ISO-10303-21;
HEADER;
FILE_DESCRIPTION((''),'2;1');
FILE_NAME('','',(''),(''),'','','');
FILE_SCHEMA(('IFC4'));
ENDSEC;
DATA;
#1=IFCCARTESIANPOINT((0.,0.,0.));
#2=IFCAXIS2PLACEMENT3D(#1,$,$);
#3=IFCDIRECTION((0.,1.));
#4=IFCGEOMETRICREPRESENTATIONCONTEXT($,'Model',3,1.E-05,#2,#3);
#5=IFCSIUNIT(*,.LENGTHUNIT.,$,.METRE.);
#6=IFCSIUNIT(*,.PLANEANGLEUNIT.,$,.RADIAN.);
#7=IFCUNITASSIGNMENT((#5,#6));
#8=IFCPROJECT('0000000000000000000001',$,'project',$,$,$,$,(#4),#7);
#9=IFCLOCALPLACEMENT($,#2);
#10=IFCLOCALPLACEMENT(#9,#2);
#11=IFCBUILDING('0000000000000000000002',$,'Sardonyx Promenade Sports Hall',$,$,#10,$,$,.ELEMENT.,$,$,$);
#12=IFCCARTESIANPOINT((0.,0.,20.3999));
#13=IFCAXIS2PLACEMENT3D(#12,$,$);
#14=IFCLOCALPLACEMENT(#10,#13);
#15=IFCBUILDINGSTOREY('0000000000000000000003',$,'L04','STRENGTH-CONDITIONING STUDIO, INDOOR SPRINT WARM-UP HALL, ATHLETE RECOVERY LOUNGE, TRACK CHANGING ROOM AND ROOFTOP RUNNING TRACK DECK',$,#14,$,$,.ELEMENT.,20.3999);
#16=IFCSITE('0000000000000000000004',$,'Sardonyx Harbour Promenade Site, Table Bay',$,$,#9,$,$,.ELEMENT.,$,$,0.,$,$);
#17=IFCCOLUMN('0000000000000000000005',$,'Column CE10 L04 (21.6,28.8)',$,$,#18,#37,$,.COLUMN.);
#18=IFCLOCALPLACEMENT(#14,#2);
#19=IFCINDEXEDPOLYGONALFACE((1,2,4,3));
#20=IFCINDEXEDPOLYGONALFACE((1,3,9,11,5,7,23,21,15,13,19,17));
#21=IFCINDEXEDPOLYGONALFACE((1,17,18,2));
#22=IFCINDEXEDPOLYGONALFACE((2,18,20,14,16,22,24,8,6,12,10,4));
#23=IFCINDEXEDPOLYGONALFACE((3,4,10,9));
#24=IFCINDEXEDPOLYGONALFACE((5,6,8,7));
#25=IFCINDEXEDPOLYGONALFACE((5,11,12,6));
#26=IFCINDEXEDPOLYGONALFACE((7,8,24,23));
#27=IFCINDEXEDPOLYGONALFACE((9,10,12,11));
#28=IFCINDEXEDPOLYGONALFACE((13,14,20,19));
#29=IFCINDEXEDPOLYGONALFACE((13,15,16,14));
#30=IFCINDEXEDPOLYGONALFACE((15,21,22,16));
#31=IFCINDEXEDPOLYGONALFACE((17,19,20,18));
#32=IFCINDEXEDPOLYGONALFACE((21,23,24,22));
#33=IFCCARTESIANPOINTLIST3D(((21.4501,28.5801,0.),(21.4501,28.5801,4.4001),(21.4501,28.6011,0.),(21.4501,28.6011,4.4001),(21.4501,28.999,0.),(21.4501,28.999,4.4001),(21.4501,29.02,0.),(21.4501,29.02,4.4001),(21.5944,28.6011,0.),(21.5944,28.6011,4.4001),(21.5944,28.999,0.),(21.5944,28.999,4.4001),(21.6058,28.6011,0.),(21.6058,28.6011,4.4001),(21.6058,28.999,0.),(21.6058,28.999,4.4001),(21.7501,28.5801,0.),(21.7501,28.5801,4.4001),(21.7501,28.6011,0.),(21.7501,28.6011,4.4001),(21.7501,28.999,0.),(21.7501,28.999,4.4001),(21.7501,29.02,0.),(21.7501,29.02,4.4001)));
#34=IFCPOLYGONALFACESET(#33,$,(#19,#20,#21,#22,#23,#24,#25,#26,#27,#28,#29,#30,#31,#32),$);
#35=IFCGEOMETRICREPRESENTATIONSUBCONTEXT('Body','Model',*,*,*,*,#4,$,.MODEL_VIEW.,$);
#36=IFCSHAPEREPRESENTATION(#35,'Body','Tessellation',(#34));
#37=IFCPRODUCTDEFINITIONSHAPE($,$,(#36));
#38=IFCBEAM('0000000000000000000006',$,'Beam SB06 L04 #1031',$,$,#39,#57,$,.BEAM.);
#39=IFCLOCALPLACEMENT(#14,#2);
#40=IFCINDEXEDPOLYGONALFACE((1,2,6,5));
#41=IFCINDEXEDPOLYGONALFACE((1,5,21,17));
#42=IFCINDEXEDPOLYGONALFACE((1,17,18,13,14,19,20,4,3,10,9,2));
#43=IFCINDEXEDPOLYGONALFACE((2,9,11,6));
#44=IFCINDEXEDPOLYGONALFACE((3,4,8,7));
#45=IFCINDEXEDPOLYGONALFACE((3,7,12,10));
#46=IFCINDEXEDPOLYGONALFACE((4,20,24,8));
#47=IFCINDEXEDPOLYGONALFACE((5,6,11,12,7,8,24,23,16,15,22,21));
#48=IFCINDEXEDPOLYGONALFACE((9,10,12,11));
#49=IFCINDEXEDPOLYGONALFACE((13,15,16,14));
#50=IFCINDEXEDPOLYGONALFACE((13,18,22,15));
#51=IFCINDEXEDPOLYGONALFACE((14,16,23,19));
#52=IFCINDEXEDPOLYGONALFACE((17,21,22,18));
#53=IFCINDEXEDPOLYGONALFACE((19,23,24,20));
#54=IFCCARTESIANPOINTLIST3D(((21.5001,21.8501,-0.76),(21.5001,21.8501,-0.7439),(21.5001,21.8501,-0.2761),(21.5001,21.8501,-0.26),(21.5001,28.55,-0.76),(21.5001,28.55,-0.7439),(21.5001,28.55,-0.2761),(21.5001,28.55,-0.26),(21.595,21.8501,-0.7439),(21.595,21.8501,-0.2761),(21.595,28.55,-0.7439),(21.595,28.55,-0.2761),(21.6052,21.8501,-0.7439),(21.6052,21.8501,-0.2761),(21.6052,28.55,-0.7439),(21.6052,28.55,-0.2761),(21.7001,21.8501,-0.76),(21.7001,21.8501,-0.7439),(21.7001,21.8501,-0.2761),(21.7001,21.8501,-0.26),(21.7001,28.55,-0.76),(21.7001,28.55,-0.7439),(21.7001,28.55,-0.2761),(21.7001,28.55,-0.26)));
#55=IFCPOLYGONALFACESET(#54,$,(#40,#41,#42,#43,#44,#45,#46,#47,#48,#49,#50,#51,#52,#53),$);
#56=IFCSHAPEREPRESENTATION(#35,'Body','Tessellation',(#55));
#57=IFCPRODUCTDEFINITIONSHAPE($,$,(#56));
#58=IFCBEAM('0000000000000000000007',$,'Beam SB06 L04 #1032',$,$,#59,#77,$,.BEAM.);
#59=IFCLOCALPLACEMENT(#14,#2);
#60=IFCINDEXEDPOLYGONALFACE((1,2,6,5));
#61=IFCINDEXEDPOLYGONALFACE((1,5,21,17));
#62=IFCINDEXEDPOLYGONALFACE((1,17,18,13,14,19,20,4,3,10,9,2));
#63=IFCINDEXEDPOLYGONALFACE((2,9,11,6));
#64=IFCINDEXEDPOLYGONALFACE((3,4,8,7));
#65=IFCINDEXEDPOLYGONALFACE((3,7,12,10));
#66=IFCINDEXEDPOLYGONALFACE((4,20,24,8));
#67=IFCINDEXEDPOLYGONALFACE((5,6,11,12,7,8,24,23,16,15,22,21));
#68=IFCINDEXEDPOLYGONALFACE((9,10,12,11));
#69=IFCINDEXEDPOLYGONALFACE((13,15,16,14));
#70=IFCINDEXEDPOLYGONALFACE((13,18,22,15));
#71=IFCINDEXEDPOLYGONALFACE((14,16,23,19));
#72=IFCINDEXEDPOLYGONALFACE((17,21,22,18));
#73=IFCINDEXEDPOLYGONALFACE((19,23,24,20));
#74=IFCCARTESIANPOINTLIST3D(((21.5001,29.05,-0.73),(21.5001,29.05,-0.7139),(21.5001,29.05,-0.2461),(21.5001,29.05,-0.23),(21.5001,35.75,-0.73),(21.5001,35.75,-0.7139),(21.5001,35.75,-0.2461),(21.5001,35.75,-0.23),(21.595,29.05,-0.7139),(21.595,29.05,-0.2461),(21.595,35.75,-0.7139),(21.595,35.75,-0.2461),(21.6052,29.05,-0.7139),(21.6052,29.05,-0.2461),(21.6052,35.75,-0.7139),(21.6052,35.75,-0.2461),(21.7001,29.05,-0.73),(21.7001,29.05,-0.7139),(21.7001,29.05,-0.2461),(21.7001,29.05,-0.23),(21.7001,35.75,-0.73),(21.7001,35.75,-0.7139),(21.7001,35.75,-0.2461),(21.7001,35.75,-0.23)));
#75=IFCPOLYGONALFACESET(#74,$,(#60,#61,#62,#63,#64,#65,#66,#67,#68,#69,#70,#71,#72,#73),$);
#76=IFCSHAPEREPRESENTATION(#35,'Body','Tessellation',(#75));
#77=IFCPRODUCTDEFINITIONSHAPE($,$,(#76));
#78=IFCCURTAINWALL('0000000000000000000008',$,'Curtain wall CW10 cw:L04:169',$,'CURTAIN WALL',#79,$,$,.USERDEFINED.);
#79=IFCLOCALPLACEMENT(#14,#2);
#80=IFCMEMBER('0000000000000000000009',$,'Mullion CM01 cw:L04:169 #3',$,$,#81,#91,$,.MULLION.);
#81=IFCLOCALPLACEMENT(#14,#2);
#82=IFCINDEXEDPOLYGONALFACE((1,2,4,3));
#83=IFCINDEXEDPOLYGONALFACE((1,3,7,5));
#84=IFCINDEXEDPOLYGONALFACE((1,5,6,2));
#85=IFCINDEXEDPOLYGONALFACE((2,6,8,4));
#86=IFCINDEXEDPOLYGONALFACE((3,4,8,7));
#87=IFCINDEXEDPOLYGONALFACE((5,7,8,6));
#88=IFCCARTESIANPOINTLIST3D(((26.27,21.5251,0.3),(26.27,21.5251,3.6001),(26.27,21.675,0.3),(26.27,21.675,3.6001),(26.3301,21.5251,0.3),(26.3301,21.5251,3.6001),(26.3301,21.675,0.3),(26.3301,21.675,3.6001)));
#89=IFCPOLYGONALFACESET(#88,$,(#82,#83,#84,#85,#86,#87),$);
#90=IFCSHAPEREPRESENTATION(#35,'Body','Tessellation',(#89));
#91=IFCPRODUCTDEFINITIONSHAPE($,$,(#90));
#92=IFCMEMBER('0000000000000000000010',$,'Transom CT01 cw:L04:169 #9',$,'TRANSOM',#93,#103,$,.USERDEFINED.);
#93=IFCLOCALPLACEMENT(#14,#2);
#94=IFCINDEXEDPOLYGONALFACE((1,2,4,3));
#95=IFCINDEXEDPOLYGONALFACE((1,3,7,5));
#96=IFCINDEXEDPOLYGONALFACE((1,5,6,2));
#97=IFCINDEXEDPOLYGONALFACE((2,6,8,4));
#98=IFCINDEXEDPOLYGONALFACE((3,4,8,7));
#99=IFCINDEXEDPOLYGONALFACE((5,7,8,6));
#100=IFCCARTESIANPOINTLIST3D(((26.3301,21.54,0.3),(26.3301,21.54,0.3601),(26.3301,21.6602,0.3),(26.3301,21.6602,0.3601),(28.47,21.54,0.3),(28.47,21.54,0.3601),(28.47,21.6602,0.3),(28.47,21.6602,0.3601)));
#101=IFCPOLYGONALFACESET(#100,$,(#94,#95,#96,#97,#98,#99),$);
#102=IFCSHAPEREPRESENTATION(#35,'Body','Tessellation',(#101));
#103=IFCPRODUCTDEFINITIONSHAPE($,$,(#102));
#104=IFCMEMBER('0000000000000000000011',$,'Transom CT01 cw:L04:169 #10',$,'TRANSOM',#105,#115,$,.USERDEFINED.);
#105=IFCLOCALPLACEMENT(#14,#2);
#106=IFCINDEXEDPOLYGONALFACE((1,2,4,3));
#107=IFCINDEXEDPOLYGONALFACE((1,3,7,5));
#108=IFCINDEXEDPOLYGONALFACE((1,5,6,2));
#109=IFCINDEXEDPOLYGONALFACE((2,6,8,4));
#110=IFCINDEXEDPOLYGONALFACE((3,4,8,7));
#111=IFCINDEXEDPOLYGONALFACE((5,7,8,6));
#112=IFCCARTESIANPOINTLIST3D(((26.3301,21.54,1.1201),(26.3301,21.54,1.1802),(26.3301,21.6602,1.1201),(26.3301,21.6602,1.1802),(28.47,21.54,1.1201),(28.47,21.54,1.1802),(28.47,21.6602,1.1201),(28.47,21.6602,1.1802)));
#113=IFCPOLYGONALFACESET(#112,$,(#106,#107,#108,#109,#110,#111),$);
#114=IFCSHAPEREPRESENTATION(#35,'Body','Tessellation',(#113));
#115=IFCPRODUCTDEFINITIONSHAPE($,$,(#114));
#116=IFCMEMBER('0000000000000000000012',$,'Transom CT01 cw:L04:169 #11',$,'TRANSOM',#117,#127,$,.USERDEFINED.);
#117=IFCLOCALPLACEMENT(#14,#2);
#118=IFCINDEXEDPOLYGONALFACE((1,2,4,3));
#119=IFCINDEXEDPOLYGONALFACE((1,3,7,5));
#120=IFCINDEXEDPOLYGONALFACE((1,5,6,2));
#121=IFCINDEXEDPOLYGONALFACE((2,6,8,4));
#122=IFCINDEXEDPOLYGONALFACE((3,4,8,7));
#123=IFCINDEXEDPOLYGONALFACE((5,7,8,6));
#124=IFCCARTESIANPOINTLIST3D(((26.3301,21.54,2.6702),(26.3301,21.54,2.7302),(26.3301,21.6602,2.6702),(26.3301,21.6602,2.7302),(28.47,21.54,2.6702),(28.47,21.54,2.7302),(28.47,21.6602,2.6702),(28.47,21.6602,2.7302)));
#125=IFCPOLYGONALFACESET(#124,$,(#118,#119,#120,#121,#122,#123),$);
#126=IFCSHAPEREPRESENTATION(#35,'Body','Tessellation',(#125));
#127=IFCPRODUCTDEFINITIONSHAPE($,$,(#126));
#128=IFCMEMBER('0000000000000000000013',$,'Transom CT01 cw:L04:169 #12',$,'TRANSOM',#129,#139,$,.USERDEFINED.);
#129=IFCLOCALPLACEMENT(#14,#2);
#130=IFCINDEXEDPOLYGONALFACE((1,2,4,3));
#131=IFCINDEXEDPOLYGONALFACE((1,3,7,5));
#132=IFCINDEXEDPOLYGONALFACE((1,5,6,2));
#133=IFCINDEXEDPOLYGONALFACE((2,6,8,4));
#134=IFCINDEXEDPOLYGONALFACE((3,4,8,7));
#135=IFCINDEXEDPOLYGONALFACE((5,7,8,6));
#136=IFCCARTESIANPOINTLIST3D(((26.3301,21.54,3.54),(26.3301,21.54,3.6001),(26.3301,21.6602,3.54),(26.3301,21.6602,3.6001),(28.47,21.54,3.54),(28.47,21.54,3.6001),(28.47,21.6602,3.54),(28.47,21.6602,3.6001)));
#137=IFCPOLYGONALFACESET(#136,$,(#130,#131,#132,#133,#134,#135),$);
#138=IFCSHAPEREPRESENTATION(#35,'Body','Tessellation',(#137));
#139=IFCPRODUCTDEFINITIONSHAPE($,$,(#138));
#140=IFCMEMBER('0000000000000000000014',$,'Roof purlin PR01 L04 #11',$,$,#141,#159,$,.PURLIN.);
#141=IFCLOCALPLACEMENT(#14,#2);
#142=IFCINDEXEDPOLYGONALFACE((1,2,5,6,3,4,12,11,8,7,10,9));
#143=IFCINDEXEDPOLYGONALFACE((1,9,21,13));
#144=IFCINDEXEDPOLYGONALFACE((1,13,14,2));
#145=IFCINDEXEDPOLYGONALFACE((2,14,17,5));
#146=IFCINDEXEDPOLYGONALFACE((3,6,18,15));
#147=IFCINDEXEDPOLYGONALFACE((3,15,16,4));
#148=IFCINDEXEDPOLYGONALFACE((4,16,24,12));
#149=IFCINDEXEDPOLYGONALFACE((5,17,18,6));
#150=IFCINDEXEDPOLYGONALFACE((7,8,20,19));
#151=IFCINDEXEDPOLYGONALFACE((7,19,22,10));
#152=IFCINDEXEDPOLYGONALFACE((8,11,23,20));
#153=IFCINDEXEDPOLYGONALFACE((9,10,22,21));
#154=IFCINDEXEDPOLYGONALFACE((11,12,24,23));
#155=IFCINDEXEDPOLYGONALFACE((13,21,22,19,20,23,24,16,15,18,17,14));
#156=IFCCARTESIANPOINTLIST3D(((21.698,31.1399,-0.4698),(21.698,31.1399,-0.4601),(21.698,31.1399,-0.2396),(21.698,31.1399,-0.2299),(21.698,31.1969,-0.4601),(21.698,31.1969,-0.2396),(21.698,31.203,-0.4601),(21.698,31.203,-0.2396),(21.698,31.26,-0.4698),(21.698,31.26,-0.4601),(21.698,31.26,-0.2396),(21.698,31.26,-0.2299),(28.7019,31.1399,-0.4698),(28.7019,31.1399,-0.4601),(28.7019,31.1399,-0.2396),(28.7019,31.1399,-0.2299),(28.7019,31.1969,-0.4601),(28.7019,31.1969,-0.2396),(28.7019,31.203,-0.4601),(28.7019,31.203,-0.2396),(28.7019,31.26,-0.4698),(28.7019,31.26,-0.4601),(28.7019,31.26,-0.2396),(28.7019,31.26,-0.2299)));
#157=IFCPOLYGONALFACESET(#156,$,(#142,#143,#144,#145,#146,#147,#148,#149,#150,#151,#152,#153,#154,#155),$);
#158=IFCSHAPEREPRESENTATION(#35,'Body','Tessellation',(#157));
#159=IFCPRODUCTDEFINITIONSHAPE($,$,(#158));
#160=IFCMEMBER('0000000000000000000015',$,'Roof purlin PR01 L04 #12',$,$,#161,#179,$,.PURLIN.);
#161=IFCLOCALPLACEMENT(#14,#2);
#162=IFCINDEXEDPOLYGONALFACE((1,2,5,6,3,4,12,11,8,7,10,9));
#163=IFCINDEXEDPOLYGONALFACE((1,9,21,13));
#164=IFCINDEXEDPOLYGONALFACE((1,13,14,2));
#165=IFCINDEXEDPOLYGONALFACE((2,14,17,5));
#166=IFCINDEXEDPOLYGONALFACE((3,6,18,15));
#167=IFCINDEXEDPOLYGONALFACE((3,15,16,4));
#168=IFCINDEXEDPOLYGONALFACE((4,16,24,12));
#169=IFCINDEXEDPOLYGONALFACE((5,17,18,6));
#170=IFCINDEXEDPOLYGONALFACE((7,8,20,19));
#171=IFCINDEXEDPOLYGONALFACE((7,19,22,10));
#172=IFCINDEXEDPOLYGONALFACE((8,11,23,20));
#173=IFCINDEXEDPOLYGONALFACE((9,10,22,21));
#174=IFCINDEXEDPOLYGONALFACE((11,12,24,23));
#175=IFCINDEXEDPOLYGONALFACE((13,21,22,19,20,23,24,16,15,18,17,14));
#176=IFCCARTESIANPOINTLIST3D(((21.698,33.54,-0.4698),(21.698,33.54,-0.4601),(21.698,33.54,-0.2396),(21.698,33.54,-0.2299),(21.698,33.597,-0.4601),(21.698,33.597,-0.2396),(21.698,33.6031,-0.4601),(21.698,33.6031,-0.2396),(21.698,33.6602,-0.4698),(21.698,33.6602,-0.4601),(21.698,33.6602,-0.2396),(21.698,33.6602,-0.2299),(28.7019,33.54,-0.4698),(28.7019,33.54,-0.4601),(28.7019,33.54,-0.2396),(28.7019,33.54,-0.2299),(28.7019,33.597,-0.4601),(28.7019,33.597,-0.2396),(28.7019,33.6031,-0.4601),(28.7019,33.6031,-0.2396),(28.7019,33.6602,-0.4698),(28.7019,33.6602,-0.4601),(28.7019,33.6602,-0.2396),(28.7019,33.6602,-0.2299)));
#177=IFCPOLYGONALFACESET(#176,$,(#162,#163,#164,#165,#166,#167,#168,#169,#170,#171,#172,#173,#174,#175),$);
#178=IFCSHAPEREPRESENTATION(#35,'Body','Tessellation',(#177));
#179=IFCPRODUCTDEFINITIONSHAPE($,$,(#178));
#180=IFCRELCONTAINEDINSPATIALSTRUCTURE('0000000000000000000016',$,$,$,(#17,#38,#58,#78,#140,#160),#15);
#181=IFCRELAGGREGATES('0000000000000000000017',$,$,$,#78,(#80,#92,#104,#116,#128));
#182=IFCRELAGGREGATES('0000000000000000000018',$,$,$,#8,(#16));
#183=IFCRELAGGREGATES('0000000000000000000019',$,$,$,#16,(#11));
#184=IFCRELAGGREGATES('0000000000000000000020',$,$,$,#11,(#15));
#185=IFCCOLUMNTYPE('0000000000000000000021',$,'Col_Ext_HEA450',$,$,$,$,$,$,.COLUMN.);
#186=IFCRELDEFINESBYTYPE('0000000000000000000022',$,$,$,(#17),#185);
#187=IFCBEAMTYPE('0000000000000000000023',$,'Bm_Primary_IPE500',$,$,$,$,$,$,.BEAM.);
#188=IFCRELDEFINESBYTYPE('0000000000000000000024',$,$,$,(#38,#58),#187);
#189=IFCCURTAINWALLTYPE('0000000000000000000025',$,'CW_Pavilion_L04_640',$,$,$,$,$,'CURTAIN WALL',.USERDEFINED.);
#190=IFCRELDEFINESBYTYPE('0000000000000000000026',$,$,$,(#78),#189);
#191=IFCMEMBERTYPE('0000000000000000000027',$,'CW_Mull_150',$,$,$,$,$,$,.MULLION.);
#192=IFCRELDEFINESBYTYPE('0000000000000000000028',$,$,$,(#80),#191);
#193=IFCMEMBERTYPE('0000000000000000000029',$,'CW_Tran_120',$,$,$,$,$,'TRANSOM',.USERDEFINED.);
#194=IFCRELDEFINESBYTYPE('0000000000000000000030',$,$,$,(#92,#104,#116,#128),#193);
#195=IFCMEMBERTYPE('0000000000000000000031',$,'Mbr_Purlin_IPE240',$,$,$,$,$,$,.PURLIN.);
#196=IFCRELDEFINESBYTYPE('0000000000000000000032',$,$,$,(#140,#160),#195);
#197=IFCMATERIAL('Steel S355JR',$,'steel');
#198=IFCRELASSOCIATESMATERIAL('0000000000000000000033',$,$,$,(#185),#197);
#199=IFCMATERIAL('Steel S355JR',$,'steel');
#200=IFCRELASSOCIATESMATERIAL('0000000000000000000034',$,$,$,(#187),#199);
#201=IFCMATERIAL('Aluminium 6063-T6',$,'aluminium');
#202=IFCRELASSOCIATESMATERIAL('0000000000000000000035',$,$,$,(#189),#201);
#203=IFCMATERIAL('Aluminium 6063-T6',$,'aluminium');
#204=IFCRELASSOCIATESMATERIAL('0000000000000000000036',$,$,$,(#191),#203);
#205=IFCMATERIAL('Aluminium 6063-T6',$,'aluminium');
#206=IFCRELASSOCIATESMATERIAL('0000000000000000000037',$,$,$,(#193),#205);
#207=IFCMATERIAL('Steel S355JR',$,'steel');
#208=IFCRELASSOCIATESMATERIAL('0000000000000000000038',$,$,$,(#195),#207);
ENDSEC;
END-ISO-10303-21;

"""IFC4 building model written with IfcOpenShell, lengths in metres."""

from ifc_helpers import new_model, si_unit, direction, frame, origin, origin_2d, place, context, subcontext, project, spatial, rectangle, i_section, extrude, material, material_profile, profile_set, type_object, element, aggregate, save


model = new_model("IFC4")

# Units and contexts
model_context = context("Model", 3, precision=1e-05, world=origin(), true_north=direction((0.0, 1.0)))
body_context = subcontext(model_context, "Body", "Model", "MODEL_VIEW")
ifc_project = project(units=[si_unit("LENGTHUNIT", "METRE"), si_unit("PLANEANGLEUNIT", "RADIAN")], contexts=[model_context])

# Site, building, storey
site_placement = place(None, origin())
site = spatial("IfcSite", under=ifc_project, at=site_placement, Name="Sardonyx Harbour Promenade Site, Table Bay", CompositionType="ELEMENT", RefElevation=0.0)
building_placement = place(site_placement, origin())
building = spatial("IfcBuilding", under=site, at=building_placement, Name="Sardonyx Promenade Sports Hall", CompositionType="ELEMENT")
storey_placement = place(building_placement, frame((0.0, 0.0, 20.3999)))
storey = spatial("IfcBuildingStorey", under=building, at=storey_placement, Name="L04", Description="STRENGTH-CONDITIONING STUDIO, INDOOR SPRINT WARM-UP HALL, ATHLETE RECOVERY LOUNGE, TRACK CHANGING ROOM AND ROOFTOP RUNNING TRACK DECK", CompositionType="ELEMENT", Elevation=20.3999)

# Column
ifc_material_1 = material(Name="Steel S355JR", Category="steel")
ifc_material_profile_1 = material_profile(ifc_material_1, i_section(OverallWidth=0.3, OverallDepth=0.4399, WebThickness=0.0115, FlangeThickness=0.021, at=origin_2d()))
ifc_profile_set_1 = profile_set([ifc_material_profile_1], Name="Steel S355JR")
column_type = type_object("IfcColumnType", Name="Col_Ext_HEA450", PredefinedType="COLUMN", material=ifc_profile_set_1)
column_placement = place(storey_placement, frame((21.6001, 28.8, 0.0), z_axis=(0.0, 0.0, 1.0), x_axis=(1.0, 0.0, 0.0)))
element("IfcColumn", 1, at=column_placement, inside=storey, type_object=column_type, Name="Column CE10 L04 (21.6,28.8)", PredefinedType="COLUMN", context=body_context, shape_type="SweptSolid", body=[
    extrude(i_section(OverallWidth=0.3, OverallDepth=0.4399, WebThickness=0.0115, FlangeThickness=0.021, at=origin_2d()), origin(), (0.0, 0.0, 1.0), 4.4001),
])

# Beams
ifc_material_2 = material(Name="Steel S355JR", Category="steel")
ifc_material_profile_2 = material_profile(ifc_material_2, i_section(OverallWidth=0.2, OverallDepth=0.5, WebThickness=0.0103, FlangeThickness=0.0161, at=origin_2d()))
ifc_profile_set_2 = profile_set([ifc_material_profile_2], Name="Steel S355JR")
beam_type = type_object("IfcBeamType", Name="Bm_Primary_IPE500", PredefinedType="BEAM", material=ifc_profile_set_2)
for number, where, z_axis, x_axis, name in (
    (2, (21.6001, 21.8501, -0.51), (0.0, 1.0, 0.0), (-1.0, 0.0, 0.0), "Beam SB06 L04 #1031"),
    (3, (21.6001, 29.05, -0.48), (0.0, 1.0, 0.0), (-1.0, 0.0, 0.0), "Beam SB06 L04 #1032"),
):
    element("IfcBeam", number, at=place(storey_placement, frame(where, z_axis=z_axis, x_axis=x_axis)), inside=storey, type_object=beam_type, Name=name, PredefinedType="BEAM", context=body_context, shape_type="SweptSolid", body=[
        extrude(i_section(OverallWidth=0.2, OverallDepth=0.5, WebThickness=0.0103, FlangeThickness=0.0161, at=origin_2d()), origin(), (0.0, 0.0, 1.0), 6.7),
    ])

# Curtain wall, members
ifc_material_3 = material(Name="Aluminium 6063-T6", Category="aluminium")
curtain_wall_type = type_object("IfcCurtainWallType", Name="CW_Pavilion_L04_640", ElementType="CURTAIN WALL", PredefinedType="USERDEFINED", material=ifc_material_3)
curtain_wall_placement = place(storey_placement, origin())
curtain_wall = element("IfcCurtainWall", 4, at=curtain_wall_placement, inside=storey, type_object=curtain_wall_type, Name="Curtain wall CW10 cw:L04:169", ObjectType="CURTAIN WALL", PredefinedType="USERDEFINED")
ifc_material_4 = material(Name="Aluminium 6063-T6", Category="aluminium")
ifc_material_profile_3 = material_profile(ifc_material_4, rectangle(XDim=0.0601, YDim=0.1499, at=origin_2d()))
ifc_profile_set_3 = profile_set([ifc_material_profile_3], Name="Aluminium 6063-T6")
member_type_1 = type_object("IfcMemberType", Name="CW_Mull_150", PredefinedType="MULLION", material=ifc_profile_set_3)
member_1_placement = place(storey_placement, frame((26.3, 21.6001, 0.3), z_axis=(0.0, 0.0, 1.0), x_axis=(1.0, 0.0, 0.0)))
member_1 = element("IfcMember", 5, at=member_1_placement, type_object=member_type_1, Name="Mullion CM01 cw:L04:169 #3", PredefinedType="MULLION", context=body_context, shape_type="SweptSolid", body=[
    extrude(rectangle(XDim=0.0601, YDim=0.1499, at=origin_2d()), origin(), (0.0, 0.0, 1.0), 3.3),
])
ifc_material_5 = material(Name="Aluminium 6063-T6", Category="aluminium")
ifc_material_profile_4 = material_profile(ifc_material_5, rectangle(XDim=0.0601, YDim=0.1201, at=origin_2d()))
ifc_profile_set_4 = profile_set([ifc_material_profile_4], Name="Aluminium 6063-T6")
member_type_2 = type_object("IfcMemberType", Name="CW_Tran_120", ElementType="TRANSOM", PredefinedType="USERDEFINED", material=ifc_profile_set_4)
member_2_placement = place(storey_placement, frame((26.3301, 21.6001, 0.3301), z_axis=(1.0, 0.0, 0.0), x_axis=(0.0, 0.0, 1.0)))
member_2 = element("IfcMember", 6, at=member_2_placement, type_object=member_type_2, Name="Transom CT01 cw:L04:169 #9", ObjectType="TRANSOM", PredefinedType="USERDEFINED", context=body_context, shape_type="SweptSolid", body=[
    extrude(rectangle(XDim=0.0601, YDim=0.1201, at=origin_2d()), origin(), (0.0, 0.0, 1.0), 2.1399),
])
member_3_placement = place(storey_placement, frame((26.3301, 21.6001, 1.1501), z_axis=(1.0, 0.0, 0.0), x_axis=(0.0, 0.0, 1.0)))
member_3 = element("IfcMember", 7, at=member_3_placement, type_object=member_type_2, Name="Transom CT01 cw:L04:169 #10", ObjectType="TRANSOM", PredefinedType="USERDEFINED", context=body_context, shape_type="SweptSolid", body=[
    extrude(rectangle(XDim=0.0601, YDim=0.1201, at=origin_2d()), origin(), (0.0, 0.0, 1.0), 2.1399),
])
member_4_placement = place(storey_placement, frame((26.3301, 21.6001, 2.7002), z_axis=(1.0, 0.0, 0.0), x_axis=(0.0, 0.0, 1.0)))
member_4 = element("IfcMember", 8, at=member_4_placement, type_object=member_type_2, Name="Transom CT01 cw:L04:169 #11", ObjectType="TRANSOM", PredefinedType="USERDEFINED", context=body_context, shape_type="SweptSolid", body=[
    extrude(rectangle(XDim=0.0601, YDim=0.1201, at=origin_2d()), origin(), (0.0, 0.0, 1.0), 2.1399),
])
member_5_placement = place(storey_placement, frame((26.3301, 21.6001, 3.5701), z_axis=(1.0, 0.0, 0.0), x_axis=(0.0, 0.0, 1.0)))
member_5 = element("IfcMember", 9, at=member_5_placement, type_object=member_type_2, Name="Transom CT01 cw:L04:169 #12", ObjectType="TRANSOM", PredefinedType="USERDEFINED", context=body_context, shape_type="SweptSolid", body=[
    extrude(rectangle(XDim=0.0601, YDim=0.1201, at=origin_2d()), origin(), (0.0, 0.0, 1.0), 2.1399),
])
aggregate(curtain_wall, [member_1, member_2, member_3, member_4, member_5])

# Members
ifc_material_6 = material(Name="Steel S355JR", Category="steel")
ifc_material_profile_5 = material_profile(ifc_material_6, i_section(OverallWidth=0.1201, OverallDepth=0.24, WebThickness=0.0061, FlangeThickness=0.0098, at=origin_2d()))
ifc_profile_set_5 = profile_set([ifc_material_profile_5], Name="Steel S355JR")
member_type_3 = type_object("IfcMemberType", Name="Mbr_Purlin_IPE240", PredefinedType="PURLIN", material=ifc_profile_set_5)
for number, where, z_axis, x_axis, name in (
    (10, (21.698, 31.2, -0.3499), (1.0, 0.0, 0.0), (0.0, 1.0, 0.0), "Roof purlin PR01 L04 #11"),
    (11, (21.698, 33.6001, -0.3499), (1.0, 0.0, 0.0), (0.0, 1.0, 0.0), "Roof purlin PR01 L04 #12"),
):
    element("IfcMember", number, at=place(storey_placement, frame(where, z_axis=z_axis, x_axis=x_axis)), inside=storey, type_object=member_type_3, Name=name, PredefinedType="PURLIN", context=body_context, shape_type="SweptSolid", body=[
        extrude(i_section(OverallWidth=0.1201, OverallDepth=0.24, WebThickness=0.0061, FlangeThickness=0.0098, at=origin_2d()), origin(), (0.0, 0.0, 1.0), 7.0039),
    ])

save(model, "model.ifc")
